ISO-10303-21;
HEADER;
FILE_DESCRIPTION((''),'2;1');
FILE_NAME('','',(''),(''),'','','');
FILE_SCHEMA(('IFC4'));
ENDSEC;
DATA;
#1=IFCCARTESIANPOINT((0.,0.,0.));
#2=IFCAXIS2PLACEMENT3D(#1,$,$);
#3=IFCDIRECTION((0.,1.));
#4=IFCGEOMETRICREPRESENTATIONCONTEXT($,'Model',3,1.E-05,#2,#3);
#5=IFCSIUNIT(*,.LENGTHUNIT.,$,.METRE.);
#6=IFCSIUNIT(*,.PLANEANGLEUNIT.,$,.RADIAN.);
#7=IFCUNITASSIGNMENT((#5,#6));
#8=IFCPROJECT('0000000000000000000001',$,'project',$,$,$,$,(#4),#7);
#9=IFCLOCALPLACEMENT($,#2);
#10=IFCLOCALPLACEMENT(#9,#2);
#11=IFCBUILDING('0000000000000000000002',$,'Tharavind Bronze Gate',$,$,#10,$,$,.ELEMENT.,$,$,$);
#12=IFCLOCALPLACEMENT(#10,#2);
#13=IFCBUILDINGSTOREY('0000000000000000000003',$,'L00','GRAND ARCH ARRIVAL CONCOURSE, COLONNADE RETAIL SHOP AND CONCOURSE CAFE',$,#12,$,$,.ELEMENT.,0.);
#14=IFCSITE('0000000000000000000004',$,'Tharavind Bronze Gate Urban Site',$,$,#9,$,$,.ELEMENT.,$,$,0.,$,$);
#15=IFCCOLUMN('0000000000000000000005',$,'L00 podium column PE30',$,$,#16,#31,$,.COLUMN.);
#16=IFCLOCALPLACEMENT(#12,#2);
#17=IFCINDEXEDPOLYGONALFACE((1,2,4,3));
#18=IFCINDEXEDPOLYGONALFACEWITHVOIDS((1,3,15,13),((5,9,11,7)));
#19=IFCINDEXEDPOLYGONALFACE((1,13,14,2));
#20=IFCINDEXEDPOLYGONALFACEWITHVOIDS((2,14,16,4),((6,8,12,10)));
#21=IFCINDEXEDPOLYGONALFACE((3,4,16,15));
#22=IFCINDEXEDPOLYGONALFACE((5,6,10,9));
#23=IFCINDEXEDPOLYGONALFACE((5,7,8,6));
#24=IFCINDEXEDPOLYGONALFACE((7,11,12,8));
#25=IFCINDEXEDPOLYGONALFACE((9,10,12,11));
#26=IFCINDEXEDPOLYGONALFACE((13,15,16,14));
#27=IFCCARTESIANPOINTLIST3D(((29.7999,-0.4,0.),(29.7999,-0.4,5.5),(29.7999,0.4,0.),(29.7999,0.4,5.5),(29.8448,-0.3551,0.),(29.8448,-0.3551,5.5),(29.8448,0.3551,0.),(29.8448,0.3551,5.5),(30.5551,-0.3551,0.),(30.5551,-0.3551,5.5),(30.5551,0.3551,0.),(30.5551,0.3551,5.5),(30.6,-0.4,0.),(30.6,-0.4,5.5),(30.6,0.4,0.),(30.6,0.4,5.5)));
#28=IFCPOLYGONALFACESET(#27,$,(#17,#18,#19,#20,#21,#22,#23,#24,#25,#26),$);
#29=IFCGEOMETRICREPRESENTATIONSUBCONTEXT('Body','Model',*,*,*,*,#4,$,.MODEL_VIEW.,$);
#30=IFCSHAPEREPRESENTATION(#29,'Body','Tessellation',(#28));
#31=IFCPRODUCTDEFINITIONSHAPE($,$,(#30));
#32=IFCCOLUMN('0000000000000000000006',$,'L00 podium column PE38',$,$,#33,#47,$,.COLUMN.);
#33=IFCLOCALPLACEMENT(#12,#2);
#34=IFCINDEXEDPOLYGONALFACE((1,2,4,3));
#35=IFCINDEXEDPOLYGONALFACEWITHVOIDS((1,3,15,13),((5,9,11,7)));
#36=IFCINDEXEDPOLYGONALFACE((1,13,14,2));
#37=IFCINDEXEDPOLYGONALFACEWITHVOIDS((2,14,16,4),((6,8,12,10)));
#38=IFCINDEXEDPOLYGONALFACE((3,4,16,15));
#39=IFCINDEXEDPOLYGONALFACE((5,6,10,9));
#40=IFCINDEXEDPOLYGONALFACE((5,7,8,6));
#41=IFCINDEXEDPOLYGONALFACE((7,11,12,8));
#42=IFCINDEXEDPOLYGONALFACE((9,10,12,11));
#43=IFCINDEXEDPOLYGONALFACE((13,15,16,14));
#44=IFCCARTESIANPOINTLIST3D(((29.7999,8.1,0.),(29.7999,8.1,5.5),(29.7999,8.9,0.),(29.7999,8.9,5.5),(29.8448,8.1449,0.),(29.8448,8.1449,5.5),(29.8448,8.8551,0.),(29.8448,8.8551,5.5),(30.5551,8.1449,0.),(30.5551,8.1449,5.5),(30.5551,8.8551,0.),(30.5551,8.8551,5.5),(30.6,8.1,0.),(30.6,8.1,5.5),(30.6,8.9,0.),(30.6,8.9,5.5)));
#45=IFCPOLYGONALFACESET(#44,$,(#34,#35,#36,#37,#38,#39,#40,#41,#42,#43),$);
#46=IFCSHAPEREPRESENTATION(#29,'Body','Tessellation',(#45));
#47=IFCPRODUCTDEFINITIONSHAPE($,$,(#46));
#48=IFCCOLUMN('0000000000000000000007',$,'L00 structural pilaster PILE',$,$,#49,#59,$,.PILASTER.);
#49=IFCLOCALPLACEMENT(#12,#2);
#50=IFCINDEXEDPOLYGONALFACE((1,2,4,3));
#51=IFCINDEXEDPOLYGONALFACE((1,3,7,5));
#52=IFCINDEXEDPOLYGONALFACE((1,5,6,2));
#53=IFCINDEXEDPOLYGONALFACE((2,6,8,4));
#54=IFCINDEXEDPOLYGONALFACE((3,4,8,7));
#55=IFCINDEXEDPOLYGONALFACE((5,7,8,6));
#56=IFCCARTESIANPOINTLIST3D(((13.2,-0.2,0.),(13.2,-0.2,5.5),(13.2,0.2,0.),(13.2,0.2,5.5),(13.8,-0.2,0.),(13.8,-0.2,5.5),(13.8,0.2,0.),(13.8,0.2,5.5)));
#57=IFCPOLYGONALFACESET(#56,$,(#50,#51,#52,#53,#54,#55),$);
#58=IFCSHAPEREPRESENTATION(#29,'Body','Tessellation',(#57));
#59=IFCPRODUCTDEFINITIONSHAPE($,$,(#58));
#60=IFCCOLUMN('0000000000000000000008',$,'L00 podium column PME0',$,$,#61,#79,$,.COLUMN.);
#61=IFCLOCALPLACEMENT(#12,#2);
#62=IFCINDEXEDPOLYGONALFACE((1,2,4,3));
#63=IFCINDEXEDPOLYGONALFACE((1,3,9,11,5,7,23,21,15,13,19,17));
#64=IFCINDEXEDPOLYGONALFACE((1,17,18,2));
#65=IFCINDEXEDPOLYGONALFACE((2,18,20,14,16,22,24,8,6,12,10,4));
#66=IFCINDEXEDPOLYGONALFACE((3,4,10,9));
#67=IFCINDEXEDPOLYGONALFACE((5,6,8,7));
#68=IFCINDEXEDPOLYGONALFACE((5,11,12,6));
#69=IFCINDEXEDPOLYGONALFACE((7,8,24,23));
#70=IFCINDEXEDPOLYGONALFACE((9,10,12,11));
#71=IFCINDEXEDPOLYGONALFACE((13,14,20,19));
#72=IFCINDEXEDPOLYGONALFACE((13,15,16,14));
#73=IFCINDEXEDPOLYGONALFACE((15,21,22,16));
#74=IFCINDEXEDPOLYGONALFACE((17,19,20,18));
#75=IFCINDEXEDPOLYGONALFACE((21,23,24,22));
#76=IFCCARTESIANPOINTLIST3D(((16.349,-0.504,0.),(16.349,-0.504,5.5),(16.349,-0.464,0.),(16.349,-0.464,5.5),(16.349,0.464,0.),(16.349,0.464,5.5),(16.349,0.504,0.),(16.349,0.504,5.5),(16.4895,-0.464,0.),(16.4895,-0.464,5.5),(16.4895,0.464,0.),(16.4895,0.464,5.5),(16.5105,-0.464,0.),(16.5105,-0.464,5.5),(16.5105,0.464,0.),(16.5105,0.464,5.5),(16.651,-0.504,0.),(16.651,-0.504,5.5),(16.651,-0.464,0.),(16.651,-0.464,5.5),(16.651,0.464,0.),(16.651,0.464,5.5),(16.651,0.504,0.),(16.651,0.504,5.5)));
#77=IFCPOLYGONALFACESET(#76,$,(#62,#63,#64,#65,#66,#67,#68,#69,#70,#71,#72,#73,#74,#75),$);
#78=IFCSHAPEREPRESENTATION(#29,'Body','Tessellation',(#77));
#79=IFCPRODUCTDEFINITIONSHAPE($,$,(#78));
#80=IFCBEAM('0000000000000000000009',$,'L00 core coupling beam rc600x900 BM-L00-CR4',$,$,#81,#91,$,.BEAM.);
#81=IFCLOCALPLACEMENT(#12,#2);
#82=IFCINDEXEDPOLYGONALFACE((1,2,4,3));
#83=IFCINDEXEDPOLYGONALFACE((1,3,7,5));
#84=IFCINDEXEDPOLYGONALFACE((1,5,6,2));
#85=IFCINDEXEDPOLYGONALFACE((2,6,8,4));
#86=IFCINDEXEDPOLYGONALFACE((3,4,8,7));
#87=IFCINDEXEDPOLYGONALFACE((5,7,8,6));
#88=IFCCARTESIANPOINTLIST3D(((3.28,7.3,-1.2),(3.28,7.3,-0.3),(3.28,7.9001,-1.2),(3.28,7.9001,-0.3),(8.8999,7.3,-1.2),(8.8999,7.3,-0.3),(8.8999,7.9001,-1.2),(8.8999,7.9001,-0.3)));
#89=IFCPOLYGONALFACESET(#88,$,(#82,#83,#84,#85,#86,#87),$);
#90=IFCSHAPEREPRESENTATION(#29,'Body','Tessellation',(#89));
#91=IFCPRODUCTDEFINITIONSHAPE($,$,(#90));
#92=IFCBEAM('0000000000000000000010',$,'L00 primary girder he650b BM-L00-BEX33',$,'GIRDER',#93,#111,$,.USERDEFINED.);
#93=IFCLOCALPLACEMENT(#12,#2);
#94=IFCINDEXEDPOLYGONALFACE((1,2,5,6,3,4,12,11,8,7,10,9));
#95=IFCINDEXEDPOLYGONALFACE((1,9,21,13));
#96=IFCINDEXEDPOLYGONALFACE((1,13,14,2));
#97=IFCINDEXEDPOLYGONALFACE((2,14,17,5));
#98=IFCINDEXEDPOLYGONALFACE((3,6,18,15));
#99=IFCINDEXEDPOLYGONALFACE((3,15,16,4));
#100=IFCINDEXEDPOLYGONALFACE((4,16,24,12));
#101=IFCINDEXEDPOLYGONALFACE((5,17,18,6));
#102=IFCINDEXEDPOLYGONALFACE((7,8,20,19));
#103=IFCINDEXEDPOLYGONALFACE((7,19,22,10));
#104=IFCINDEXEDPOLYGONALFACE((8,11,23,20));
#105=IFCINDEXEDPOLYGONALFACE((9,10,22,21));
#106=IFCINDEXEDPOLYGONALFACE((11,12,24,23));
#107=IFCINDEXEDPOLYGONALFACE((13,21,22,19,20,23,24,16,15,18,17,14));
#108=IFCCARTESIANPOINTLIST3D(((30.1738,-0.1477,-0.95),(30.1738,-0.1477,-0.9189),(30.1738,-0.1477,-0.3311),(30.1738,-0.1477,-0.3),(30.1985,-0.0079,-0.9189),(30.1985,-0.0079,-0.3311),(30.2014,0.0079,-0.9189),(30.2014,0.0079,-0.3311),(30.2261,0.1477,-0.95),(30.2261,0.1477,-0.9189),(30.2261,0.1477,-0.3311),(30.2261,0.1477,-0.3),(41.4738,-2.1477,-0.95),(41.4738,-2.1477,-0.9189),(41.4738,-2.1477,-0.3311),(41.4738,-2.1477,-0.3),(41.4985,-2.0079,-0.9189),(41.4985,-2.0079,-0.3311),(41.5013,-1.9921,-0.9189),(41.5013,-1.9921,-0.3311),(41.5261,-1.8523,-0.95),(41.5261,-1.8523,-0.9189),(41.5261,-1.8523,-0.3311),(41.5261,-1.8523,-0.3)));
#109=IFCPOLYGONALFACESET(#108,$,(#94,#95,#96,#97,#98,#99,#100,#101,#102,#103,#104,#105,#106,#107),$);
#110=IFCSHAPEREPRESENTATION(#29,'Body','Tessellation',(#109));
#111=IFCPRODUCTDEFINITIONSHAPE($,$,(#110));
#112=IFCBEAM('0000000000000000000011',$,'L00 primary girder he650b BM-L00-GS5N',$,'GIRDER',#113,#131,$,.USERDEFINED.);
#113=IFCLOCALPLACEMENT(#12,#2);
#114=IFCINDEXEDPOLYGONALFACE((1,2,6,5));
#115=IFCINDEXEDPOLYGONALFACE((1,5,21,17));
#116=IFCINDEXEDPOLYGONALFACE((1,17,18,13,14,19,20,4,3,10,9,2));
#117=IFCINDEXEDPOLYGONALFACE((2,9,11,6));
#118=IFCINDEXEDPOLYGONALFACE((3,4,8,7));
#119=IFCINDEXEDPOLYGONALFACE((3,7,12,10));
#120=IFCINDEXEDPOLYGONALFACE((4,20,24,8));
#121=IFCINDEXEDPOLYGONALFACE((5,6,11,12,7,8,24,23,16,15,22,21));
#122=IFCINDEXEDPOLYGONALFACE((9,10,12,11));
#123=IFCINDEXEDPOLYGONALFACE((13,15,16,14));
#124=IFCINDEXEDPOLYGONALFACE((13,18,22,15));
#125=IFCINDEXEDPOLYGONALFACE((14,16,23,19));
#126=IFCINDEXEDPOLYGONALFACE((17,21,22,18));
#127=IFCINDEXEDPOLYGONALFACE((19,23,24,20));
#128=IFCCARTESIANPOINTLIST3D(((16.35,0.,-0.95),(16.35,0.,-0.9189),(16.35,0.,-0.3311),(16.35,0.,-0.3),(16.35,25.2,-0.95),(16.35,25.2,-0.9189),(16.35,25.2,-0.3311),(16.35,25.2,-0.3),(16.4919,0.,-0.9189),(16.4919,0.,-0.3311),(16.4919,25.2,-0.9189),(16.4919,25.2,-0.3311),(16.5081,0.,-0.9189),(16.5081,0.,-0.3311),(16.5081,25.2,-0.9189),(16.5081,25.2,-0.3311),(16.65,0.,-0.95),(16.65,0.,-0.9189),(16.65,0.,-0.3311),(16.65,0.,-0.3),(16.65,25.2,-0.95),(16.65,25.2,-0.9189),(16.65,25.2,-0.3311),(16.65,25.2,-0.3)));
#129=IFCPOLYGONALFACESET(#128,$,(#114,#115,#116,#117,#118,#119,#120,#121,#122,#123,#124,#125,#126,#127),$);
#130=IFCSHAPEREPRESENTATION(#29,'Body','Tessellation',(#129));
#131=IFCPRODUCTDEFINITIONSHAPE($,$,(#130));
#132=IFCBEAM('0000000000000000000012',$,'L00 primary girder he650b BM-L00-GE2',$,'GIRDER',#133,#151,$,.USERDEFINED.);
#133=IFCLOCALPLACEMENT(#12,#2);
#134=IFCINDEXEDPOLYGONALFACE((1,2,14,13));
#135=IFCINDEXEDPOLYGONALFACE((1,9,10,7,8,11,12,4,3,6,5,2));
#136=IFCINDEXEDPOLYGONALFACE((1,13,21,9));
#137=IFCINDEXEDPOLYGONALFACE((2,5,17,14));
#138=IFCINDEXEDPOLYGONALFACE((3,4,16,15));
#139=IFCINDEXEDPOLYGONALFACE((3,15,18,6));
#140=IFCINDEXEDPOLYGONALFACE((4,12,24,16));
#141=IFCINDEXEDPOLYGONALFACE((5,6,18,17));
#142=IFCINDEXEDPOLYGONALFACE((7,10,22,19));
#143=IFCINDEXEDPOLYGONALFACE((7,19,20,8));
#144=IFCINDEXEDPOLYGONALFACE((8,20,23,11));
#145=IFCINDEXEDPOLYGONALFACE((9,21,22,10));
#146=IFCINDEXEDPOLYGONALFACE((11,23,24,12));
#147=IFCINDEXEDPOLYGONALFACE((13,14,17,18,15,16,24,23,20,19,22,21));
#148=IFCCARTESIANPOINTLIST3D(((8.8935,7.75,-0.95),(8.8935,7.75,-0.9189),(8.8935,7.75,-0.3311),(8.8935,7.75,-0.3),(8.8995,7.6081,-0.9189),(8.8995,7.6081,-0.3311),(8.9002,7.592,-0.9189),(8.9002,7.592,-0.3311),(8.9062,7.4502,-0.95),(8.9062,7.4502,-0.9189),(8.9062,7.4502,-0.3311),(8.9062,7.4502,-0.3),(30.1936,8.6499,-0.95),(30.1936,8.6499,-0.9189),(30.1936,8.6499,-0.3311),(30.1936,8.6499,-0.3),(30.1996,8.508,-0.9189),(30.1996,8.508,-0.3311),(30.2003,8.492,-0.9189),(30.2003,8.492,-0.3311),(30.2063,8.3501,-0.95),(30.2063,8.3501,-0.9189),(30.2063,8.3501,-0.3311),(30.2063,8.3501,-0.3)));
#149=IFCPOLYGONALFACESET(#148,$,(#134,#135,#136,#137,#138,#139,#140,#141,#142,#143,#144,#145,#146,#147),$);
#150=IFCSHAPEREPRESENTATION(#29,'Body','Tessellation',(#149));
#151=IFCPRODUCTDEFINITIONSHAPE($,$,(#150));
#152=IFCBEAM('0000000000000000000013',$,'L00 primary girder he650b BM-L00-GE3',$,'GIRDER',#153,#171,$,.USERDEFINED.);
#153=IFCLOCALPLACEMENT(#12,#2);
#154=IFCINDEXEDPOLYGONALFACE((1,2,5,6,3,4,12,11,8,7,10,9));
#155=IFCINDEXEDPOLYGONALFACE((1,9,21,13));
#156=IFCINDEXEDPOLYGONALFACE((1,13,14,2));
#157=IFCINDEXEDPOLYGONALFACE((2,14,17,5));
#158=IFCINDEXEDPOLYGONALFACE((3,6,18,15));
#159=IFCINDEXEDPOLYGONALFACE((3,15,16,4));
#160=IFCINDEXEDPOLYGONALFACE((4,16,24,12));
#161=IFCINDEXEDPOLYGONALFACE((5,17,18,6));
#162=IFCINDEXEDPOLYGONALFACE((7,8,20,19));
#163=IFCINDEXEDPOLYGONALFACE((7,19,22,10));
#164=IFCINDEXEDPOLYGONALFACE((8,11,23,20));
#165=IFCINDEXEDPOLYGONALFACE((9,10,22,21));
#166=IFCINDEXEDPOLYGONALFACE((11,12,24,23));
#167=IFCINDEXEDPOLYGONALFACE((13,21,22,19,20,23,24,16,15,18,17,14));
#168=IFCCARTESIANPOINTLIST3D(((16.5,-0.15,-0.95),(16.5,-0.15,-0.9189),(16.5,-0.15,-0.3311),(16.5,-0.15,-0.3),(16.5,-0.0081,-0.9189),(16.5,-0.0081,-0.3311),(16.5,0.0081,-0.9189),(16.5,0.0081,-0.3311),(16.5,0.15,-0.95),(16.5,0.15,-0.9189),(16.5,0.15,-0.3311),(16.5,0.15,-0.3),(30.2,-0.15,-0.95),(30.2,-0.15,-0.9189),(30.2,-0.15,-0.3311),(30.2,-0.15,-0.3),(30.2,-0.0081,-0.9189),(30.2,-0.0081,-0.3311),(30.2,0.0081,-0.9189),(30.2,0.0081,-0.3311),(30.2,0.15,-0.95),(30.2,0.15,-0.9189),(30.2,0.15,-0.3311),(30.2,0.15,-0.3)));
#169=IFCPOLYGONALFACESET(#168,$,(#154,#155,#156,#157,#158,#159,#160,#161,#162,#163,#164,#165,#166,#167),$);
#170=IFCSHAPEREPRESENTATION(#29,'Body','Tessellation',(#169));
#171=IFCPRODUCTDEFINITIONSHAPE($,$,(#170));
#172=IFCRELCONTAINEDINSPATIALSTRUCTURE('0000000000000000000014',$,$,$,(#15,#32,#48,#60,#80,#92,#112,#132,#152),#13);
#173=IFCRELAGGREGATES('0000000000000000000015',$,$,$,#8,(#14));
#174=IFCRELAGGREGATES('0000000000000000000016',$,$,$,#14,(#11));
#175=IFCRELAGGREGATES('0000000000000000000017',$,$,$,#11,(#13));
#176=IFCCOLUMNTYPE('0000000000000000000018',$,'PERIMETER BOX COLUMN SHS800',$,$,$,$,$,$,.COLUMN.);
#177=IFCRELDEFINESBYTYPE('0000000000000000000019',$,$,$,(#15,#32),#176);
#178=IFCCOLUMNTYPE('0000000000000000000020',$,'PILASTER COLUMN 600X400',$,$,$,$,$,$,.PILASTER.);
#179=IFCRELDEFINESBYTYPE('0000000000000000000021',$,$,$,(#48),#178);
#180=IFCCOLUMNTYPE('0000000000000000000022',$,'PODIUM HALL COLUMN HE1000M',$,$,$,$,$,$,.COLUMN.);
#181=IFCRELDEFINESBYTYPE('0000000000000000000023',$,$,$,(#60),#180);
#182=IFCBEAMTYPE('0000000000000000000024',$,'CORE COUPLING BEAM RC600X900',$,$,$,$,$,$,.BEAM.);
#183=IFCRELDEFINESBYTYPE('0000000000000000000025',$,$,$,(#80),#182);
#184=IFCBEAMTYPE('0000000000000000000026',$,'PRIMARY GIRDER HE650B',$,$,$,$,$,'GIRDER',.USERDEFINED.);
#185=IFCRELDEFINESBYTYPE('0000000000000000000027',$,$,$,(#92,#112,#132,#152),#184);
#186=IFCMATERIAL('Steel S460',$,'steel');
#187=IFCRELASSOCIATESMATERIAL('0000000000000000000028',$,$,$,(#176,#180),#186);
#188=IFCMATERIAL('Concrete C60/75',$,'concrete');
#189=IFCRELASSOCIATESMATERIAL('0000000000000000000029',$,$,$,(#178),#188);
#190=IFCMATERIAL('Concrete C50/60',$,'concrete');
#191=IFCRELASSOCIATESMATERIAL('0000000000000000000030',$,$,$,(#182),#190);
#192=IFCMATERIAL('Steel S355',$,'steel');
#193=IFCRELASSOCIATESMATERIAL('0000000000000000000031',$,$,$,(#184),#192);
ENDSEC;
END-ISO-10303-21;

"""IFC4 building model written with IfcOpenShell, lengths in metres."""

from ifc_helpers import new_model, si_unit, direction, frame, origin, origin_2d, place, context, subcontext, project, spatial, rectangle, hollow_rectangle, i_section, extrude, material, material_profile, profile_set, type_object, element, save


model = new_model("IFC4")

# Units and contexts
model_context = context("Model", 3, precision=1e-05, world=origin(), true_north=direction((0.0, 1.0)))
body_context = subcontext(model_context, "Body", "Model", "MODEL_VIEW")
ifc_project = project(units=[si_unit("LENGTHUNIT", "METRE"), si_unit("PLANEANGLEUNIT", "RADIAN")], contexts=[model_context])

# Site, building, storey
site_placement = place(None, origin())
site = spatial("IfcSite", under=ifc_project, at=site_placement, Name="Tharavind Bronze Gate Urban Site", CompositionType="ELEMENT", RefElevation=0.0)
building_placement = place(site_placement, origin())
building = spatial("IfcBuilding", under=site, at=building_placement, Name="Tharavind Bronze Gate", CompositionType="ELEMENT")
storey_placement = place(building_placement, origin())
storey = spatial("IfcBuildingStorey", under=building, at=storey_placement, Name="L00", Description="GRAND ARCH ARRIVAL CONCOURSE, COLONNADE RETAIL SHOP AND CONCOURSE CAFE", CompositionType="ELEMENT", Elevation=0.0)

# Columns
ifc_material_1 = material(Name="Steel S460", Category="steel")
ifc_material_profile_1 = material_profile(ifc_material_1, hollow_rectangle(XDim=0.8, YDim=0.8, WallThickness=0.0449, at=origin_2d()), Name="SHS800X45")
ifc_profile_set_1 = profile_set([ifc_material_profile_1], Name="Steel S460")
column_type_1 = type_object("IfcColumnType", Name="PERIMETER BOX COLUMN SHS800", PredefinedType="COLUMN", material=ifc_profile_set_1)
for number, where, z_axis, x_axis, name in (
    (1, (30.2, 0.0, 0.0), (0.0, 0.0, 1.0), (1.0, 0.0, 0.0), "L00 podium column PE30"),
    (2, (30.2, 8.5, 0.0), (0.0, 0.0, 1.0), (1.0, 0.0, 0.0), "L00 podium column PE38"),
):
    element("IfcColumn", number, at=place(storey_placement, frame(where, z_axis=z_axis, x_axis=x_axis)), inside=storey, type_object=column_type_1, Name=name, PredefinedType="COLUMN", context=body_context, shape_type="SweptSolid", body=[
        extrude(hollow_rectangle(XDim=0.8, YDim=0.8, WallThickness=0.0449, at=origin_2d()), origin(), (0.0, 0.0, 1.0), 5.5),
    ])
ifc_material_2 = material(Name="Concrete C60/75", Category="concrete")
ifc_material_profile_2 = material_profile(ifc_material_2, rectangle(XDim=0.6001, YDim=0.3999, at=origin_2d()), Name="RCPIL600X400")
ifc_profile_set_2 = profile_set([ifc_material_profile_2], Name="Concrete C60/75")
column_type_2 = type_object("IfcColumnType", Name="PILASTER COLUMN 600X400", PredefinedType="PILASTER", material=ifc_profile_set_2)
column_1_placement = place(storey_placement, frame((13.5, 0.0, 0.0), z_axis=(0.0, 0.0, 1.0), x_axis=(1.0, 0.0, 0.0)))
element("IfcColumn", 3, at=column_1_placement, inside=storey, type_object=column_type_2, Name="L00 structural pilaster PILE", PredefinedType="PILASTER", context=body_context, shape_type="SweptSolid", body=[
    extrude(rectangle(XDim=0.6001, YDim=0.3999, at=origin_2d()), origin(), (0.0, 0.0, 1.0), 5.5),
])
ifc_material_profile_3 = material_profile(ifc_material_1, i_section(OverallWidth=0.302, OverallDepth=1.0081, WebThickness=0.021, FlangeThickness=0.04, at=origin_2d()), Name="HE1000M")
ifc_profile_set_3 = profile_set([ifc_material_profile_3], Name="Steel S460")
column_type_3 = type_object("IfcColumnType", Name="PODIUM HALL COLUMN HE1000M", PredefinedType="COLUMN", material=ifc_profile_set_3)
column_2_placement = place(storey_placement, frame((16.5, 0.0, 0.0), z_axis=(0.0, 0.0, 1.0), x_axis=(1.0, 0.0, 0.0)))
element("IfcColumn", 4, at=column_2_placement, inside=storey, type_object=column_type_3, Name="L00 podium column PME0", PredefinedType="COLUMN", context=body_context, shape_type="SweptSolid", body=[
    extrude(i_section(OverallWidth=0.302, OverallDepth=1.0081, WebThickness=0.021, FlangeThickness=0.04, at=origin_2d()), origin(), (0.0, 0.0, 1.0), 5.5),
])

# Beams
ifc_material_3 = material(Name="Concrete C50/60", Category="concrete")
ifc_material_profile_4 = material_profile(ifc_material_3, rectangle(XDim=0.6001, YDim=0.8999, at=origin_2d()), Name="RCBM600X900")
ifc_profile_set_4 = profile_set([ifc_material_profile_4], Name="Concrete C50/60")
beam_type_1 = type_object("IfcBeamType", Name="CORE COUPLING BEAM RC600X900", PredefinedType="BEAM", material=ifc_profile_set_4)
beam_1_placement = place(storey_placement, frame((8.8999, 7.6001, -0.75), z_axis=(-1.0, 0.0, 0.0), x_axis=(0.0, -1.0, 0.0)))
element("IfcBeam", 5, at=beam_1_placement, inside=storey, type_object=beam_type_1, Name="L00 core coupling beam rc600x900 BM-L00-CR4", PredefinedType="BEAM", context=body_context, shape_type="SweptSolid", body=[
    extrude(rectangle(XDim=0.6001, YDim=0.8999, at=origin_2d()), origin(), (0.0, 0.0, 1.0), 5.6199),
])
ifc_material_4 = material(Name="Steel S355", Category="steel")
ifc_material_profile_5 = material_profile(ifc_material_4, i_section(OverallWidth=0.3, OverallDepth=0.6499, WebThickness=0.0161, FlangeThickness=0.031, at=origin_2d()), Name="HE650B")
ifc_profile_set_5 = profile_set([ifc_material_profile_5], Name="Steel S355")
beam_type_2 = type_object("IfcBeamType", Name="PRIMARY GIRDER HE650B", ElementType="GIRDER", PredefinedType="USERDEFINED", material=ifc_profile_set_5)
beam_2_placement = place(storey_placement, frame((30.2, 0.0, -0.625), z_axis=(0.984696, -0.174282, 0.0), x_axis=(0.174282, 0.984696, 0.0)))
element("IfcBeam", 6, at=beam_2_placement, inside=storey, type_object=beam_type_2, Name="L00 primary girder he650b BM-L00-BEX33", ObjectType="GIRDER", PredefinedType="USERDEFINED", context=body_context, shape_type="SweptSolid", body=[
    extrude(i_section(OverallWidth=0.3, OverallDepth=0.6499, WebThickness=0.0161, FlangeThickness=0.031, at=origin_2d()), origin(), (0.0, 0.0, 1.0), 11.4756),
])
beam_3_placement = place(storey_placement, frame((16.5, 0.0, -0.625), z_axis=(0.0, 1.0, 0.0), x_axis=(-1.0, 0.0, 0.0)))
element("IfcBeam", 7, at=beam_3_placement, inside=storey, type_object=beam_type_2, Name="L00 primary girder he650b BM-L00-GS5N", ObjectType="GIRDER", PredefinedType="USERDEFINED", context=body_context, shape_type="SweptSolid", body=[
    extrude(i_section(OverallWidth=0.3, OverallDepth=0.6499, WebThickness=0.0161, FlangeThickness=0.031, at=origin_2d()), origin(), (0.0, 0.0, 1.0), 25.2),
])
beam_4_placement = place(storey_placement, frame((30.2, 8.5, -0.625), z_axis=(-0.999109, -0.042211, 0.0), x_axis=(0.042211, -0.999109, 0.0)))
element("IfcBeam", 8, at=beam_4_placement, inside=storey, type_object=beam_type_2, Name="L00 primary girder he650b BM-L00-GE2", ObjectType="GIRDER", PredefinedType="USERDEFINED", context=body_context, shape_type="SweptSolid", body=[
    extrude(i_section(OverallWidth=0.3, OverallDepth=0.6499, WebThickness=0.0161, FlangeThickness=0.031, at=origin_2d()), origin(), (0.0, 0.0, 1.0), 21.3191),
])
beam_5_placement = place(storey_placement, frame((30.2, 0.0, -0.625), z_axis=(-1.0, 0.0, 0.0), x_axis=(0.0, -1.0, 0.0)))
element("IfcBeam", 9, at=beam_5_placement, inside=storey, type_object=beam_type_2, Name="L00 primary girder he650b BM-L00-GE3", ObjectType="GIRDER", PredefinedType="USERDEFINED", context=body_context, shape_type="SweptSolid", body=[
    extrude(i_section(OverallWidth=0.3, OverallDepth=0.6499, WebThickness=0.0161, FlangeThickness=0.031, at=origin_2d()), origin(), (0.0, 0.0, 1.0), 13.7),
])

save(model, "model.ifc")
